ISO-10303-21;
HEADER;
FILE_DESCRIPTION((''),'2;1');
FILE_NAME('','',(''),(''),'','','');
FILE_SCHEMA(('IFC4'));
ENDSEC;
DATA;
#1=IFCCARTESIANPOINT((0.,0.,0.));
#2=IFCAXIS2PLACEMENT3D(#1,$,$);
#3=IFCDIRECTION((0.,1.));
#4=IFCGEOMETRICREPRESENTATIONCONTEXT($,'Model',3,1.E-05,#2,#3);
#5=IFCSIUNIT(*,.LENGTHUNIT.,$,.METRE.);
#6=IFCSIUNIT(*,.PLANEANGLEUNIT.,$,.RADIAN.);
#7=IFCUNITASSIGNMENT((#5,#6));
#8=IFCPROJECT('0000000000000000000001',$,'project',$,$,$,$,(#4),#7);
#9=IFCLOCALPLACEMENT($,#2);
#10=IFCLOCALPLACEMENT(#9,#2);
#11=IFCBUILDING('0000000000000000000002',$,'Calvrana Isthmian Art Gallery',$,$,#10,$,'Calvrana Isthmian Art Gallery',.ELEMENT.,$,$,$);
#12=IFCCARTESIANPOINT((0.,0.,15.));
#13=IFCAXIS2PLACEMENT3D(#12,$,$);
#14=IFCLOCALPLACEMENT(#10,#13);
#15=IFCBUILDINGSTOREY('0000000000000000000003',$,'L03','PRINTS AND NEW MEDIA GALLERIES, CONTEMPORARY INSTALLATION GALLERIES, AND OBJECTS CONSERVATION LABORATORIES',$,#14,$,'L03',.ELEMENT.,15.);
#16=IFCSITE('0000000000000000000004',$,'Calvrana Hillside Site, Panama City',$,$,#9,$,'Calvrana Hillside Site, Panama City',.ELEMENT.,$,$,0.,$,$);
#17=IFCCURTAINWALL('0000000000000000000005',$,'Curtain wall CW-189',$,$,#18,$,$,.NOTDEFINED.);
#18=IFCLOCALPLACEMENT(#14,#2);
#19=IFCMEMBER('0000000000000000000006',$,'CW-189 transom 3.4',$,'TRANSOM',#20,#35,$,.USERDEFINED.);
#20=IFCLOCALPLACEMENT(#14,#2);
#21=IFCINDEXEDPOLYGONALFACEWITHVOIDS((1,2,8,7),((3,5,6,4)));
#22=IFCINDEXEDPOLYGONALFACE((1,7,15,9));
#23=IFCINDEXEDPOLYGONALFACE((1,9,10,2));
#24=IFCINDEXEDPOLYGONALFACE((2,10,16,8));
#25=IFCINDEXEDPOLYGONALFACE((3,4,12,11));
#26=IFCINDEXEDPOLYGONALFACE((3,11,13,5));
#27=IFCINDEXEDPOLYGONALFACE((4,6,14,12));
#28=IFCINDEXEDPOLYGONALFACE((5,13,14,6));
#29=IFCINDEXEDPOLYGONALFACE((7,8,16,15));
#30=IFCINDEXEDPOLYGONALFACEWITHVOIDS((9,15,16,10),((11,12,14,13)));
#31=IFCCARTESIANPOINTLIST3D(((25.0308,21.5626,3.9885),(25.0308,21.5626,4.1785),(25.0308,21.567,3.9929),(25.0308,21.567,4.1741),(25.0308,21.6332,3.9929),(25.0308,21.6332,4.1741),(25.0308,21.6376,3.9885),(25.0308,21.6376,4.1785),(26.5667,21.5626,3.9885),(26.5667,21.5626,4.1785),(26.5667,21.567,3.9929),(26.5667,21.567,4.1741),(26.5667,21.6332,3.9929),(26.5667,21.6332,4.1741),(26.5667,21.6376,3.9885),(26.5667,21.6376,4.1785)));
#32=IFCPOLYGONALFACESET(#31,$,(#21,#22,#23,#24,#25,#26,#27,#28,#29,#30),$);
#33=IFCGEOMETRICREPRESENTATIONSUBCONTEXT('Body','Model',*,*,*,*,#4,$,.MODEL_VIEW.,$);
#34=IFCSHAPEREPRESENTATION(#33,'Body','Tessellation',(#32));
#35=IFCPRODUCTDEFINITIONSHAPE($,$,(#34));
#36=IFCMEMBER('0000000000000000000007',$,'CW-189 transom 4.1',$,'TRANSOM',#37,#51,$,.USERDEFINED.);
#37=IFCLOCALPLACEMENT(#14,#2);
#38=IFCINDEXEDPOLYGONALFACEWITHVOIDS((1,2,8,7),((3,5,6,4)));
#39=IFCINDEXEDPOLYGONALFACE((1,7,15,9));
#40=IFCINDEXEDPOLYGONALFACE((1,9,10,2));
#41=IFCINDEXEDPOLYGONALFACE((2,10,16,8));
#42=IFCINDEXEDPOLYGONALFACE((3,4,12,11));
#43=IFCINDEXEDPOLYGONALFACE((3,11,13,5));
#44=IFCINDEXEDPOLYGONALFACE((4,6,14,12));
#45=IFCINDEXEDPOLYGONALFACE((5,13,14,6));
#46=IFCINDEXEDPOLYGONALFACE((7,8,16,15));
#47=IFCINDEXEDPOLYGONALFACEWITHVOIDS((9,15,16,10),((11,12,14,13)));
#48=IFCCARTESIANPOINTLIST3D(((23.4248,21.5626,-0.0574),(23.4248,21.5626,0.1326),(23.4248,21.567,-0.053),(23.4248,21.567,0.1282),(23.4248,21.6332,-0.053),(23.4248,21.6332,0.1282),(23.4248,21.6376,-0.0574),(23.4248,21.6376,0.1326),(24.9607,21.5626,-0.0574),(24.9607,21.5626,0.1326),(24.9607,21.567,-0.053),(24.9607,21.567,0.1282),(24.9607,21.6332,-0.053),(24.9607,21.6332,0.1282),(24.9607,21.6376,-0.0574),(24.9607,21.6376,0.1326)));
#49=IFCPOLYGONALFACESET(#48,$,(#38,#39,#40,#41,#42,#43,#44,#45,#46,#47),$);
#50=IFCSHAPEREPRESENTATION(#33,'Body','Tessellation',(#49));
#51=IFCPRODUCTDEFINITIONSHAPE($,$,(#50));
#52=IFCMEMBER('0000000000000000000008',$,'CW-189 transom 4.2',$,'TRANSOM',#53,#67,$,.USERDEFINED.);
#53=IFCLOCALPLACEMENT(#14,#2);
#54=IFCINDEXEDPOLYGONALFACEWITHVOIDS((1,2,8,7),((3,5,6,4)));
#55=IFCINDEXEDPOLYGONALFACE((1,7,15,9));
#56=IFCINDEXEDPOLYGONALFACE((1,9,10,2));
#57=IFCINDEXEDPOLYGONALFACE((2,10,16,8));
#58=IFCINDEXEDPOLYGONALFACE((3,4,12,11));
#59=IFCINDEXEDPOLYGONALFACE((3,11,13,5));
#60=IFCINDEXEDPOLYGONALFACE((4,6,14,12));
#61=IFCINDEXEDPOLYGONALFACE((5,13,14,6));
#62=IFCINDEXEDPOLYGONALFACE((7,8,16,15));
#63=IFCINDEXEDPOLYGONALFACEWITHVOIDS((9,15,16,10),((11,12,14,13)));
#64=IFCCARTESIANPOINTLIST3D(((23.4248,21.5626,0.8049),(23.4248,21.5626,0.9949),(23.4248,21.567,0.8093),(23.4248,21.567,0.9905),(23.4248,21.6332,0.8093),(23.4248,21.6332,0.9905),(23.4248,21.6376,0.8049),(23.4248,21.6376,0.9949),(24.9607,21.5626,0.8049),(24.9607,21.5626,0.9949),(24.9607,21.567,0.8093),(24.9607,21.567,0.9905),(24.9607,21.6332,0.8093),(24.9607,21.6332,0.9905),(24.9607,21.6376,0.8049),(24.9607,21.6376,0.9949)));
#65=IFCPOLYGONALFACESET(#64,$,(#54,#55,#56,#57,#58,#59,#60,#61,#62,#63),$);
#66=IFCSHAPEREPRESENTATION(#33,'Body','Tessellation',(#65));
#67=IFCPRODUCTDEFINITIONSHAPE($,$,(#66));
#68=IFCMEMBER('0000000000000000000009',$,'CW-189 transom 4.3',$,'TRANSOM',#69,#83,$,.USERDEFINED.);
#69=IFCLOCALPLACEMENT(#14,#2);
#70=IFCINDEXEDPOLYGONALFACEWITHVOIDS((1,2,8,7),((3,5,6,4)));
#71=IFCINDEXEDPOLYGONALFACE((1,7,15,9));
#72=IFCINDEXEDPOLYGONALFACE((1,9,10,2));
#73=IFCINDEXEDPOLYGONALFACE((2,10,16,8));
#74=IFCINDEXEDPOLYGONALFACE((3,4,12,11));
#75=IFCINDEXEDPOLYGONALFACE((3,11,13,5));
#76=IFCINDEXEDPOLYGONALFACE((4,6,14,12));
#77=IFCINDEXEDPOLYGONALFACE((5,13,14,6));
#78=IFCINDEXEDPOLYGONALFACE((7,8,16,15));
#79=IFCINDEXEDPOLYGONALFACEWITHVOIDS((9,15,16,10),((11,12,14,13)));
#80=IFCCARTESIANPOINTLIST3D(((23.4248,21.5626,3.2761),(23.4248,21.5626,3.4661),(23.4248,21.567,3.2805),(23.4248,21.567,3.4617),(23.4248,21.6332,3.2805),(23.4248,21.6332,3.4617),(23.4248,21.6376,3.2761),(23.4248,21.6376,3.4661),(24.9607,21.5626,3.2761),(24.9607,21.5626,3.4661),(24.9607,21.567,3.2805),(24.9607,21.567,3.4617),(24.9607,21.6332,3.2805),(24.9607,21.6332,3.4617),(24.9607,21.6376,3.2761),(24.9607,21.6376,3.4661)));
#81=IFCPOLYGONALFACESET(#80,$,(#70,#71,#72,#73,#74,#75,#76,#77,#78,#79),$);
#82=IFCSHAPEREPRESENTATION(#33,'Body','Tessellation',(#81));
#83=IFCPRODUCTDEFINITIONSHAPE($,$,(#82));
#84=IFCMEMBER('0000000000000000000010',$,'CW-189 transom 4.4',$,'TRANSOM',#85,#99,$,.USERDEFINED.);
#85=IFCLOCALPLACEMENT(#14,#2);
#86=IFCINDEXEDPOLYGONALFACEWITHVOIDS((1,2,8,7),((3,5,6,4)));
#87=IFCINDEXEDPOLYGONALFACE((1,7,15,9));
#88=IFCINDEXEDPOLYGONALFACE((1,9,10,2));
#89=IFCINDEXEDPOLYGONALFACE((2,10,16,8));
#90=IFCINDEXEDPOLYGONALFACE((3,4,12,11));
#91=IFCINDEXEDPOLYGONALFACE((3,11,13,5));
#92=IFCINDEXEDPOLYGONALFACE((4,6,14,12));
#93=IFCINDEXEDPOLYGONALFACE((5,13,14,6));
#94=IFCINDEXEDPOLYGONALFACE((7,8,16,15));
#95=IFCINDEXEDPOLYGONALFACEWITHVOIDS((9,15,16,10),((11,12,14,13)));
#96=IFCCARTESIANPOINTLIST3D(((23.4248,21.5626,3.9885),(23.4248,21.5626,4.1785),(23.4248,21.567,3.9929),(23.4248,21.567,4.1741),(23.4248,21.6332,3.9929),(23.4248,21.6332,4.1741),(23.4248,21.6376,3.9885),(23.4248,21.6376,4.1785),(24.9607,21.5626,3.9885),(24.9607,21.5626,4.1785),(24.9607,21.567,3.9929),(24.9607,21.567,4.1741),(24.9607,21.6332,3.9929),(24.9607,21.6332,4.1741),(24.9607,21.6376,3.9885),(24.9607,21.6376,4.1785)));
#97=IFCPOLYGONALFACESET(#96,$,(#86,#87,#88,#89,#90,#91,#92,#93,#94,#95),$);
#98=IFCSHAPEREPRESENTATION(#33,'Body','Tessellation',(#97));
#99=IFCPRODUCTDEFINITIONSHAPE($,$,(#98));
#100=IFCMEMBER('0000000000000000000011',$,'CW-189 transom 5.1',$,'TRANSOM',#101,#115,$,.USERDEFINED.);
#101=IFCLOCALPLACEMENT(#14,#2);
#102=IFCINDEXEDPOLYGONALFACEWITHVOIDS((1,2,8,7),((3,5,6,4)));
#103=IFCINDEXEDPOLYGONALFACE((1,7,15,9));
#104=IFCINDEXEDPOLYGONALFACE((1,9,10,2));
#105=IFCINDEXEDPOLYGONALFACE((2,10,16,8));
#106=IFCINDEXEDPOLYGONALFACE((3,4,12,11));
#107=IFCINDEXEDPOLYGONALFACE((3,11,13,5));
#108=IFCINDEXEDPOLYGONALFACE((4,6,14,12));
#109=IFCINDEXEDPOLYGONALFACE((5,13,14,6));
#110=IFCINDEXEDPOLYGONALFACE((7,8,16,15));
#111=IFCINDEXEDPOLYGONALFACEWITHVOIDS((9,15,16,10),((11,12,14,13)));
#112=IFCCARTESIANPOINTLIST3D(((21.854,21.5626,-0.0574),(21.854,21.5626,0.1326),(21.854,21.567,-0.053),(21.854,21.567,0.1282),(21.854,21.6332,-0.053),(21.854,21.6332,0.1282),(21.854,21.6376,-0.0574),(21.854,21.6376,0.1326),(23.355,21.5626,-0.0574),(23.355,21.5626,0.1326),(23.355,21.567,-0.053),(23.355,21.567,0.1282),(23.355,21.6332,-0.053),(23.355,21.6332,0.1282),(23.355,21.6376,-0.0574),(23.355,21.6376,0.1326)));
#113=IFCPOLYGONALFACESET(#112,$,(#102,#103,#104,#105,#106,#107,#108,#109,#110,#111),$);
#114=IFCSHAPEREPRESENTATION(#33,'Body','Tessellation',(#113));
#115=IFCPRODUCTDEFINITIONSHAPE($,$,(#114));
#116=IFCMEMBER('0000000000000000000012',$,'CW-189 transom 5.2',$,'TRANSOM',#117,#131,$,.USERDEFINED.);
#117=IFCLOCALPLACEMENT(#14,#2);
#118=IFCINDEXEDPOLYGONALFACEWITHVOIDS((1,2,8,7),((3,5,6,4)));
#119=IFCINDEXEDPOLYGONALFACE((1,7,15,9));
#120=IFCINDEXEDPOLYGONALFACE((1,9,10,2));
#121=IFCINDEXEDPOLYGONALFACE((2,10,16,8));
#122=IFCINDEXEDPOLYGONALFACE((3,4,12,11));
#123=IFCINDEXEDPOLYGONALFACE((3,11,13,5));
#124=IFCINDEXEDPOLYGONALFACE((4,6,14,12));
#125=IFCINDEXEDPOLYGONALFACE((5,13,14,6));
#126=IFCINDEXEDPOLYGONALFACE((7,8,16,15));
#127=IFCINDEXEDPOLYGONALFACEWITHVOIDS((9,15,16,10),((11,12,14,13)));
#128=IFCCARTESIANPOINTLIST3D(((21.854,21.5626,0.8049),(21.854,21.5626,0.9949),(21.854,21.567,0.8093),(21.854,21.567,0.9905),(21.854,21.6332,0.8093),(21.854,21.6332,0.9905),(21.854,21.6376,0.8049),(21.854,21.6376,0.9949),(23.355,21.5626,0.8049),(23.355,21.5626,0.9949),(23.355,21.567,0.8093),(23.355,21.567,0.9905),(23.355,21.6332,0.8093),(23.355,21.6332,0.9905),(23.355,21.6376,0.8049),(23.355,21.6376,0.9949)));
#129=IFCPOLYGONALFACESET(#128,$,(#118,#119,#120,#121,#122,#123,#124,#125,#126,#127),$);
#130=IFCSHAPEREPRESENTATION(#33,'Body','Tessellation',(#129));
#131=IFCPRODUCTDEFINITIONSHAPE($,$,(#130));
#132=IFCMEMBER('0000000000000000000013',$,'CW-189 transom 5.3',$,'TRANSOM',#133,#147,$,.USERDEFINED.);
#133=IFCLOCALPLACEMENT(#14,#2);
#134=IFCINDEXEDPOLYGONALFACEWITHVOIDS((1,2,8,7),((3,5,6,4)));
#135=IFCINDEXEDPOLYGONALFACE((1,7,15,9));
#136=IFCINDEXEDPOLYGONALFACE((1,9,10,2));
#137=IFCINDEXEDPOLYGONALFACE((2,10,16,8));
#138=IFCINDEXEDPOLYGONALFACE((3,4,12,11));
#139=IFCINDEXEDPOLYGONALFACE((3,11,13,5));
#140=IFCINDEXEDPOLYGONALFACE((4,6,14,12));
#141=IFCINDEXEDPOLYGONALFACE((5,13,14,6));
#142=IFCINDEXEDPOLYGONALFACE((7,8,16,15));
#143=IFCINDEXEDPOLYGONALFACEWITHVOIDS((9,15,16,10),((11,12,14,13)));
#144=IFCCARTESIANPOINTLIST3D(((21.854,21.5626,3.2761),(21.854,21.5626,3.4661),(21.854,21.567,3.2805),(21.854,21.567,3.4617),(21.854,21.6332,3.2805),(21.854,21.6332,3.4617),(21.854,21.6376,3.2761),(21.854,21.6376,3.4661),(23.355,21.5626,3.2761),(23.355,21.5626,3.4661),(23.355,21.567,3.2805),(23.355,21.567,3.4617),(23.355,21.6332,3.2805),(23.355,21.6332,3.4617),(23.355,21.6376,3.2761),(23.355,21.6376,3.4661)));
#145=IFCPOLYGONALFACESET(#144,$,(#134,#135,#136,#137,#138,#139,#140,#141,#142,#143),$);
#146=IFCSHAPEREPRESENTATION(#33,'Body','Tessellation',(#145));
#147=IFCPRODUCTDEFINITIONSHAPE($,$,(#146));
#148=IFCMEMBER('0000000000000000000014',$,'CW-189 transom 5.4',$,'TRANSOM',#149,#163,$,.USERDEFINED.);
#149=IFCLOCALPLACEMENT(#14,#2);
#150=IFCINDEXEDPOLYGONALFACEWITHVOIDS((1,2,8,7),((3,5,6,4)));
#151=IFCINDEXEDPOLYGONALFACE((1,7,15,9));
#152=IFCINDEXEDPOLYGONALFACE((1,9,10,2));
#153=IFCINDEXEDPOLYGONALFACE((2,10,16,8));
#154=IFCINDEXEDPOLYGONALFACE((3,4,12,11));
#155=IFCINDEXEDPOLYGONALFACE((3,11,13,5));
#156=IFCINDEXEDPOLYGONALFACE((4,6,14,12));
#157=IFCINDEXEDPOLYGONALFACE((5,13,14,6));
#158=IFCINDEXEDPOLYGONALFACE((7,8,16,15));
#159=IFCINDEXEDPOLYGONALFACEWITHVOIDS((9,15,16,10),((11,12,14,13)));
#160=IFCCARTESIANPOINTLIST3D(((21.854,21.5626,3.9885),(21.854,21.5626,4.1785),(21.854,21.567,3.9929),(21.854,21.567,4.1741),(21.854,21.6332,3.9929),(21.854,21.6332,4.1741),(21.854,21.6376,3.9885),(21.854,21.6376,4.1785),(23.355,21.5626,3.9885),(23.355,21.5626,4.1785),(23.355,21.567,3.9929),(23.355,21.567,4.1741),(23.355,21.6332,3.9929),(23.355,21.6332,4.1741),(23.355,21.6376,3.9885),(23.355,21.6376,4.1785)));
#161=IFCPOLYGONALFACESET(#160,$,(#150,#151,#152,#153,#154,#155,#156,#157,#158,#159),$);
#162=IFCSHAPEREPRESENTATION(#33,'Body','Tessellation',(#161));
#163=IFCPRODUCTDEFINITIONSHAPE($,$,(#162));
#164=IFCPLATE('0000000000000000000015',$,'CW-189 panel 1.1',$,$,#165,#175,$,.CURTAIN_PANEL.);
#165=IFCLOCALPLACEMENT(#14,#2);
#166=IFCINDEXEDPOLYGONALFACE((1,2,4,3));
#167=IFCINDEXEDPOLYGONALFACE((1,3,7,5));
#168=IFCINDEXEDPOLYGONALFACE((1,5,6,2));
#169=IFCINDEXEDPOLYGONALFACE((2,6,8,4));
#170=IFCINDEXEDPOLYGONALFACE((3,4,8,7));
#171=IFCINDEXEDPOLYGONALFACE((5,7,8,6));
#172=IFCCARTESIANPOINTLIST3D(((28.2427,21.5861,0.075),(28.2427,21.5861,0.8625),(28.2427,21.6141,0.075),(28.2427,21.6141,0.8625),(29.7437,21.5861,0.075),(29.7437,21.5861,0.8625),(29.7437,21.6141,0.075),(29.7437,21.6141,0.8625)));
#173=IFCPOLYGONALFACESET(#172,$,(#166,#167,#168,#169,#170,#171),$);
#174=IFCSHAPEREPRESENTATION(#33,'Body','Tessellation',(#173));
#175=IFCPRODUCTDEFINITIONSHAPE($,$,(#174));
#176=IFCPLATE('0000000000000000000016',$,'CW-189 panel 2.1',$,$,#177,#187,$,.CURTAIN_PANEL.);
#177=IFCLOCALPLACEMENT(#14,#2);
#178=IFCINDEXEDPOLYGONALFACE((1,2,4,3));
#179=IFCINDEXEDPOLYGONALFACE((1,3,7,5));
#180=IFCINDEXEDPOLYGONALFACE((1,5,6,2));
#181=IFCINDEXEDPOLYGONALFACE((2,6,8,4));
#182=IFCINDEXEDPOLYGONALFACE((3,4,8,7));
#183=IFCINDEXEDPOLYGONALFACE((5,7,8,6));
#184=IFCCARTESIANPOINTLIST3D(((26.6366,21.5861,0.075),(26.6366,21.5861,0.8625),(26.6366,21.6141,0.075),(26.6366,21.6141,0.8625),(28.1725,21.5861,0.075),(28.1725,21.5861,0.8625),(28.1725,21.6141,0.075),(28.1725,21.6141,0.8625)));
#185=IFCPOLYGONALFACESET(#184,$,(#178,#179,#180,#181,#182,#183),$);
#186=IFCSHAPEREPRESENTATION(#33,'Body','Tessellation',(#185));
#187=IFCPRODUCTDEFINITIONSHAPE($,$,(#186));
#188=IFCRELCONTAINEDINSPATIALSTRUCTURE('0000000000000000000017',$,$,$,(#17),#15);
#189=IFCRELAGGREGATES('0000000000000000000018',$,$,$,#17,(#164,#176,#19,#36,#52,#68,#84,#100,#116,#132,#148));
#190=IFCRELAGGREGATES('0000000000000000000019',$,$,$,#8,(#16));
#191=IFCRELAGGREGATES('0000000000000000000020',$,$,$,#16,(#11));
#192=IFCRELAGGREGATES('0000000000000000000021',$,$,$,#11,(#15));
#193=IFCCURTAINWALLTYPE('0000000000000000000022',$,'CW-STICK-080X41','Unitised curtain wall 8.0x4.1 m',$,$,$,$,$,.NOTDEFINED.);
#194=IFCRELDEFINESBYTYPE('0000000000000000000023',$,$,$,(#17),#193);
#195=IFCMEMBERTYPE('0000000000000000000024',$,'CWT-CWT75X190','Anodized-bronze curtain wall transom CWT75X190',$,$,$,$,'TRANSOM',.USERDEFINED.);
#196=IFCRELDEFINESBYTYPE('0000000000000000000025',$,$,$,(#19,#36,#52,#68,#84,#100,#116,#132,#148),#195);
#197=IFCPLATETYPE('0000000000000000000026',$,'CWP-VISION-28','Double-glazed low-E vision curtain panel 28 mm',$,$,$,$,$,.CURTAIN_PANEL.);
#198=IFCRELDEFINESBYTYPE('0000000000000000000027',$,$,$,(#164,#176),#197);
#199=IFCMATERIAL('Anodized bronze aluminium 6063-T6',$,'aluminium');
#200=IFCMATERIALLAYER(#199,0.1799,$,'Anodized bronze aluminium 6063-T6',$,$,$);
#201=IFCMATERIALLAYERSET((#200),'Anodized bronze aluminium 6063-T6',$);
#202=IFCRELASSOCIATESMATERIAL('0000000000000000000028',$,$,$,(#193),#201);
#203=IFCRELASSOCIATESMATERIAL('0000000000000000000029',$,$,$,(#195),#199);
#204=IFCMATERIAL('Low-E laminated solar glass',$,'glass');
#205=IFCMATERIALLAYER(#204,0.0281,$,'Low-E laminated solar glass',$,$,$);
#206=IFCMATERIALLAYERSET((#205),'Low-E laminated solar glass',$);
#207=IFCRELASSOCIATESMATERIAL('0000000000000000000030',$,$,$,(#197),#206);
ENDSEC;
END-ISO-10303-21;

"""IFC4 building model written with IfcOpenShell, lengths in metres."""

from ifc_helpers import new_model, si_unit, direction, frame, origin, origin_2d, place, context, subcontext, project, spatial, rectangle, hollow_rectangle, extrude, material, layer, layer_set, material_profile, profile_set, type_object, element, aggregate, save


model = new_model("IFC4")

# Units and contexts
model_context = context("Model", 3, precision=1e-05, world=origin(), true_north=direction((0.0, 1.0)))
body_context = subcontext(model_context, "Body", "Model", "MODEL_VIEW")
ifc_project = project(units=[si_unit("LENGTHUNIT", "METRE"), si_unit("PLANEANGLEUNIT", "RADIAN")], contexts=[model_context])

# Site, building, storey
site_placement = place(None, origin())
site = spatial("IfcSite", under=ifc_project, at=site_placement, Name="Calvrana Hillside Site, Panama City", LongName="Calvrana Hillside Site, Panama City", CompositionType="ELEMENT", RefElevation=0.0)
building_placement = place(site_placement, origin())
building = spatial("IfcBuilding", under=site, at=building_placement, Name="Calvrana Isthmian Art Gallery", LongName="Calvrana Isthmian Art Gallery", CompositionType="ELEMENT")
storey_placement = place(building_placement, frame((0.0, 0.0, 15.0)))
storey = spatial("IfcBuildingStorey", under=building, at=storey_placement, Name="L03", Description="PRINTS AND NEW MEDIA GALLERIES, CONTEMPORARY INSTALLATION GALLERIES, AND OBJECTS CONSERVATION LABORATORIES", LongName="L03", CompositionType="ELEMENT", Elevation=15.0)

# Curtain wall, members, plates
ifc_material_1 = material(Name="Anodized bronze aluminium 6063-T6", Category="aluminium")
ifc_layer_1 = layer(ifc_material_1, 0.1799, Name="Anodized bronze aluminium 6063-T6")
ifc_layer_set_1 = layer_set([ifc_layer_1], Name="Anodized bronze aluminium 6063-T6")
curtain_wall_type = type_object("IfcCurtainWallType", Name="CW-STICK-080X41", Description="Unitised curtain wall 8.0x4.1 m", PredefinedType="NOTDEFINED", material=ifc_layer_set_1)
curtain_wall_placement = place(storey_placement, origin())
curtain_wall = element("IfcCurtainWall", 1, at=curtain_wall_placement, inside=storey, type_object=curtain_wall_type, Name="Curtain wall CW-189", PredefinedType="NOTDEFINED")
ifc_material_profile_1 = material_profile(ifc_material_1, hollow_rectangle(XDim=0.075, YDim=0.1899, WallThickness=0.0044, at=origin_2d()), Name="CWT75X190")
ifc_profile_set_1 = profile_set([ifc_material_profile_1], Name="Anodized bronze aluminium 6063-T6")
member_type_1 = type_object("IfcMemberType", Name="CWT-CWT75X190", Description="Anodized-bronze curtain wall transom CWT75X190", ElementType="TRANSOM", PredefinedType="USERDEFINED", material=ifc_profile_set_1)
member_1_placement = place(storey_placement, frame((26.5667, 21.6001, 4.0835), z_axis=(-1.0, 0.0, 0.0), x_axis=(0.0, -1.0, 0.0)))
member_1 = element("IfcMember", 2, at=member_1_placement, type_object=member_type_1, Name="CW-189 transom 3.4", ObjectType="TRANSOM", PredefinedType="USERDEFINED", context=body_context, shape_type="SweptSolid", body=[
    extrude(hollow_rectangle(XDim=0.075, YDim=0.1899, WallThickness=0.0044, at=origin_2d()), origin(), (0.0, 0.0, 1.0), 1.5359),
])
member_2_placement = place(storey_placement, frame((24.9607, 21.6001, 0.0376), z_axis=(-1.0, 0.0, 0.0), x_axis=(0.0, -1.0, 0.0)))
member_2 = element("IfcMember", 3, at=member_2_placement, type_object=member_type_1, Name="CW-189 transom 4.1", ObjectType="TRANSOM", PredefinedType="USERDEFINED", context=body_context, shape_type="SweptSolid", body=[
    extrude(hollow_rectangle(XDim=0.075, YDim=0.1899, WallThickness=0.0044, at=origin_2d()), origin(), (0.0, 0.0, 1.0), 1.5359),
])
member_3_placement = place(storey_placement, frame((24.9607, 21.6001, 0.8999), z_axis=(-1.0, 0.0, 0.0), x_axis=(0.0, -1.0, 0.0)))
member_3 = element("IfcMember", 4, at=member_3_placement, type_object=member_type_1, Name="CW-189 transom 4.2", ObjectType="TRANSOM", PredefinedType="USERDEFINED", context=body_context, shape_type="SweptSolid", body=[
    extrude(hollow_rectangle(XDim=0.075, YDim=0.1899, WallThickness=0.0044, at=origin_2d()), origin(), (0.0, 0.0, 1.0), 1.5359),
])
member_4_placement = place(storey_placement, frame((24.9607, 21.6001, 3.3711), z_axis=(-1.0, 0.0, 0.0), x_axis=(0.0, -1.0, 0.0)))
member_4 = element("IfcMember", 5, at=member_4_placement, type_object=member_type_1, Name="CW-189 transom 4.3", ObjectType="TRANSOM", PredefinedType="USERDEFINED", context=body_context, shape_type="SweptSolid", body=[
    extrude(hollow_rectangle(XDim=0.075, YDim=0.1899, WallThickness=0.0044, at=origin_2d()), origin(), (0.0, 0.0, 1.0), 1.5359),
])
member_5_placement = place(storey_placement, frame((24.9607, 21.6001, 4.0835), z_axis=(-1.0, 0.0, 0.0), x_axis=(0.0, -1.0, 0.0)))
member_5 = element("IfcMember", 6, at=member_5_placement, type_object=member_type_1, Name="CW-189 transom 4.4", ObjectType="TRANSOM", PredefinedType="USERDEFINED", context=body_context, shape_type="SweptSolid", body=[
    extrude(hollow_rectangle(XDim=0.075, YDim=0.1899, WallThickness=0.0044, at=origin_2d()), origin(), (0.0, 0.0, 1.0), 1.5359),
])
member_6_placement = place(storey_placement, frame((23.355, 21.6001, 0.0376), z_axis=(-1.0, 0.0, 0.0), x_axis=(0.0, -1.0, 0.0)))
member_6 = element("IfcMember", 7, at=member_6_placement, type_object=member_type_1, Name="CW-189 transom 5.1", ObjectType="TRANSOM", PredefinedType="USERDEFINED", context=body_context, shape_type="SweptSolid", body=[
    extrude(hollow_rectangle(XDim=0.075, YDim=0.1899, WallThickness=0.0044, at=origin_2d()), origin(), (0.0, 0.0, 1.0), 1.501),
])
member_7_placement = place(storey_placement, frame((23.355, 21.6001, 0.8999), z_axis=(-1.0, 0.0, 0.0), x_axis=(0.0, -1.0, 0.0)))
member_7 = element("IfcMember", 8, at=member_7_placement, type_object=member_type_1, Name="CW-189 transom 5.2", ObjectType="TRANSOM", PredefinedType="USERDEFINED", context=body_context, shape_type="SweptSolid", body=[
    extrude(hollow_rectangle(XDim=0.075, YDim=0.1899, WallThickness=0.0044, at=origin_2d()), origin(), (0.0, 0.0, 1.0), 1.501),
])
member_8_placement = place(storey_placement, frame((23.355, 21.6001, 3.3711), z_axis=(-1.0, 0.0, 0.0), x_axis=(0.0, -1.0, 0.0)))
member_8 = element("IfcMember", 9, at=member_8_placement, type_object=member_type_1, Name="CW-189 transom 5.3", ObjectType="TRANSOM", PredefinedType="USERDEFINED", context=body_context, shape_type="SweptSolid", body=[
    extrude(hollow_rectangle(XDim=0.075, YDim=0.1899, WallThickness=0.0044, at=origin_2d()), origin(), (0.0, 0.0, 1.0), 1.501),
])
member_9_placement = place(storey_placement, frame((23.355, 21.6001, 4.0835), z_axis=(-1.0, 0.0, 0.0), x_axis=(0.0, -1.0, 0.0)))
member_9 = element("IfcMember", 10, at=member_9_placement, type_object=member_type_1, Name="CW-189 transom 5.4", ObjectType="TRANSOM", PredefinedType="USERDEFINED", context=body_context, shape_type="SweptSolid", body=[
    extrude(hollow_rectangle(XDim=0.075, YDim=0.1899, WallThickness=0.0044, at=origin_2d()), origin(), (0.0, 0.0, 1.0), 1.501),
])
ifc_material_2 = material(Name="Low-E laminated solar glass", Category="glass")
ifc_layer_2 = layer(ifc_material_2, 0.0281, Name="Low-E laminated solar glass")
ifc_layer_set_2 = layer_set([ifc_layer_2], Name="Low-E laminated solar glass")
plate_type = type_object("IfcPlateType", Name="CWP-VISION-28", Description="Double-glazed low-E vision curtain panel 28 mm", PredefinedType="CURTAIN_PANEL", material=ifc_layer_set_2)
plate_1_placement = place(storey_placement, frame((28.9932, 21.6001, 0.075), z_axis=(0.0, 0.0, 1.0), x_axis=(-1.0, 0.0, 0.0)))
plate_1 = element("IfcPlate", 11, at=plate_1_placement, type_object=plate_type, Name="CW-189 panel 1.1", PredefinedType="CURTAIN_PANEL", context=body_context, shape_type="SweptSolid", body=[
    extrude(rectangle(XDim=1.501, YDim=0.0281, at=origin_2d()), origin(), (0.0, 0.0, 1.0), 0.7876),
])
plate_2_placement = place(storey_placement, frame((27.4045, 21.6001, 0.075), z_axis=(0.0, 0.0, 1.0), x_axis=(-1.0, 0.0, 0.0)))
plate_2 = element("IfcPlate", 12, at=plate_2_placement, type_object=plate_type, Name="CW-189 panel 2.1", PredefinedType="CURTAIN_PANEL", context=body_context, shape_type="SweptSolid", body=[
    extrude(rectangle(XDim=1.5359, YDim=0.0281, at=origin_2d()), origin(), (0.0, 0.0, 1.0), 0.7876),
])
aggregate(curtain_wall, [plate_1, plate_2, member_1, member_2, member_3, member_4, member_5, member_6, member_7, member_8, member_9])

save(model, "model.ifc")
